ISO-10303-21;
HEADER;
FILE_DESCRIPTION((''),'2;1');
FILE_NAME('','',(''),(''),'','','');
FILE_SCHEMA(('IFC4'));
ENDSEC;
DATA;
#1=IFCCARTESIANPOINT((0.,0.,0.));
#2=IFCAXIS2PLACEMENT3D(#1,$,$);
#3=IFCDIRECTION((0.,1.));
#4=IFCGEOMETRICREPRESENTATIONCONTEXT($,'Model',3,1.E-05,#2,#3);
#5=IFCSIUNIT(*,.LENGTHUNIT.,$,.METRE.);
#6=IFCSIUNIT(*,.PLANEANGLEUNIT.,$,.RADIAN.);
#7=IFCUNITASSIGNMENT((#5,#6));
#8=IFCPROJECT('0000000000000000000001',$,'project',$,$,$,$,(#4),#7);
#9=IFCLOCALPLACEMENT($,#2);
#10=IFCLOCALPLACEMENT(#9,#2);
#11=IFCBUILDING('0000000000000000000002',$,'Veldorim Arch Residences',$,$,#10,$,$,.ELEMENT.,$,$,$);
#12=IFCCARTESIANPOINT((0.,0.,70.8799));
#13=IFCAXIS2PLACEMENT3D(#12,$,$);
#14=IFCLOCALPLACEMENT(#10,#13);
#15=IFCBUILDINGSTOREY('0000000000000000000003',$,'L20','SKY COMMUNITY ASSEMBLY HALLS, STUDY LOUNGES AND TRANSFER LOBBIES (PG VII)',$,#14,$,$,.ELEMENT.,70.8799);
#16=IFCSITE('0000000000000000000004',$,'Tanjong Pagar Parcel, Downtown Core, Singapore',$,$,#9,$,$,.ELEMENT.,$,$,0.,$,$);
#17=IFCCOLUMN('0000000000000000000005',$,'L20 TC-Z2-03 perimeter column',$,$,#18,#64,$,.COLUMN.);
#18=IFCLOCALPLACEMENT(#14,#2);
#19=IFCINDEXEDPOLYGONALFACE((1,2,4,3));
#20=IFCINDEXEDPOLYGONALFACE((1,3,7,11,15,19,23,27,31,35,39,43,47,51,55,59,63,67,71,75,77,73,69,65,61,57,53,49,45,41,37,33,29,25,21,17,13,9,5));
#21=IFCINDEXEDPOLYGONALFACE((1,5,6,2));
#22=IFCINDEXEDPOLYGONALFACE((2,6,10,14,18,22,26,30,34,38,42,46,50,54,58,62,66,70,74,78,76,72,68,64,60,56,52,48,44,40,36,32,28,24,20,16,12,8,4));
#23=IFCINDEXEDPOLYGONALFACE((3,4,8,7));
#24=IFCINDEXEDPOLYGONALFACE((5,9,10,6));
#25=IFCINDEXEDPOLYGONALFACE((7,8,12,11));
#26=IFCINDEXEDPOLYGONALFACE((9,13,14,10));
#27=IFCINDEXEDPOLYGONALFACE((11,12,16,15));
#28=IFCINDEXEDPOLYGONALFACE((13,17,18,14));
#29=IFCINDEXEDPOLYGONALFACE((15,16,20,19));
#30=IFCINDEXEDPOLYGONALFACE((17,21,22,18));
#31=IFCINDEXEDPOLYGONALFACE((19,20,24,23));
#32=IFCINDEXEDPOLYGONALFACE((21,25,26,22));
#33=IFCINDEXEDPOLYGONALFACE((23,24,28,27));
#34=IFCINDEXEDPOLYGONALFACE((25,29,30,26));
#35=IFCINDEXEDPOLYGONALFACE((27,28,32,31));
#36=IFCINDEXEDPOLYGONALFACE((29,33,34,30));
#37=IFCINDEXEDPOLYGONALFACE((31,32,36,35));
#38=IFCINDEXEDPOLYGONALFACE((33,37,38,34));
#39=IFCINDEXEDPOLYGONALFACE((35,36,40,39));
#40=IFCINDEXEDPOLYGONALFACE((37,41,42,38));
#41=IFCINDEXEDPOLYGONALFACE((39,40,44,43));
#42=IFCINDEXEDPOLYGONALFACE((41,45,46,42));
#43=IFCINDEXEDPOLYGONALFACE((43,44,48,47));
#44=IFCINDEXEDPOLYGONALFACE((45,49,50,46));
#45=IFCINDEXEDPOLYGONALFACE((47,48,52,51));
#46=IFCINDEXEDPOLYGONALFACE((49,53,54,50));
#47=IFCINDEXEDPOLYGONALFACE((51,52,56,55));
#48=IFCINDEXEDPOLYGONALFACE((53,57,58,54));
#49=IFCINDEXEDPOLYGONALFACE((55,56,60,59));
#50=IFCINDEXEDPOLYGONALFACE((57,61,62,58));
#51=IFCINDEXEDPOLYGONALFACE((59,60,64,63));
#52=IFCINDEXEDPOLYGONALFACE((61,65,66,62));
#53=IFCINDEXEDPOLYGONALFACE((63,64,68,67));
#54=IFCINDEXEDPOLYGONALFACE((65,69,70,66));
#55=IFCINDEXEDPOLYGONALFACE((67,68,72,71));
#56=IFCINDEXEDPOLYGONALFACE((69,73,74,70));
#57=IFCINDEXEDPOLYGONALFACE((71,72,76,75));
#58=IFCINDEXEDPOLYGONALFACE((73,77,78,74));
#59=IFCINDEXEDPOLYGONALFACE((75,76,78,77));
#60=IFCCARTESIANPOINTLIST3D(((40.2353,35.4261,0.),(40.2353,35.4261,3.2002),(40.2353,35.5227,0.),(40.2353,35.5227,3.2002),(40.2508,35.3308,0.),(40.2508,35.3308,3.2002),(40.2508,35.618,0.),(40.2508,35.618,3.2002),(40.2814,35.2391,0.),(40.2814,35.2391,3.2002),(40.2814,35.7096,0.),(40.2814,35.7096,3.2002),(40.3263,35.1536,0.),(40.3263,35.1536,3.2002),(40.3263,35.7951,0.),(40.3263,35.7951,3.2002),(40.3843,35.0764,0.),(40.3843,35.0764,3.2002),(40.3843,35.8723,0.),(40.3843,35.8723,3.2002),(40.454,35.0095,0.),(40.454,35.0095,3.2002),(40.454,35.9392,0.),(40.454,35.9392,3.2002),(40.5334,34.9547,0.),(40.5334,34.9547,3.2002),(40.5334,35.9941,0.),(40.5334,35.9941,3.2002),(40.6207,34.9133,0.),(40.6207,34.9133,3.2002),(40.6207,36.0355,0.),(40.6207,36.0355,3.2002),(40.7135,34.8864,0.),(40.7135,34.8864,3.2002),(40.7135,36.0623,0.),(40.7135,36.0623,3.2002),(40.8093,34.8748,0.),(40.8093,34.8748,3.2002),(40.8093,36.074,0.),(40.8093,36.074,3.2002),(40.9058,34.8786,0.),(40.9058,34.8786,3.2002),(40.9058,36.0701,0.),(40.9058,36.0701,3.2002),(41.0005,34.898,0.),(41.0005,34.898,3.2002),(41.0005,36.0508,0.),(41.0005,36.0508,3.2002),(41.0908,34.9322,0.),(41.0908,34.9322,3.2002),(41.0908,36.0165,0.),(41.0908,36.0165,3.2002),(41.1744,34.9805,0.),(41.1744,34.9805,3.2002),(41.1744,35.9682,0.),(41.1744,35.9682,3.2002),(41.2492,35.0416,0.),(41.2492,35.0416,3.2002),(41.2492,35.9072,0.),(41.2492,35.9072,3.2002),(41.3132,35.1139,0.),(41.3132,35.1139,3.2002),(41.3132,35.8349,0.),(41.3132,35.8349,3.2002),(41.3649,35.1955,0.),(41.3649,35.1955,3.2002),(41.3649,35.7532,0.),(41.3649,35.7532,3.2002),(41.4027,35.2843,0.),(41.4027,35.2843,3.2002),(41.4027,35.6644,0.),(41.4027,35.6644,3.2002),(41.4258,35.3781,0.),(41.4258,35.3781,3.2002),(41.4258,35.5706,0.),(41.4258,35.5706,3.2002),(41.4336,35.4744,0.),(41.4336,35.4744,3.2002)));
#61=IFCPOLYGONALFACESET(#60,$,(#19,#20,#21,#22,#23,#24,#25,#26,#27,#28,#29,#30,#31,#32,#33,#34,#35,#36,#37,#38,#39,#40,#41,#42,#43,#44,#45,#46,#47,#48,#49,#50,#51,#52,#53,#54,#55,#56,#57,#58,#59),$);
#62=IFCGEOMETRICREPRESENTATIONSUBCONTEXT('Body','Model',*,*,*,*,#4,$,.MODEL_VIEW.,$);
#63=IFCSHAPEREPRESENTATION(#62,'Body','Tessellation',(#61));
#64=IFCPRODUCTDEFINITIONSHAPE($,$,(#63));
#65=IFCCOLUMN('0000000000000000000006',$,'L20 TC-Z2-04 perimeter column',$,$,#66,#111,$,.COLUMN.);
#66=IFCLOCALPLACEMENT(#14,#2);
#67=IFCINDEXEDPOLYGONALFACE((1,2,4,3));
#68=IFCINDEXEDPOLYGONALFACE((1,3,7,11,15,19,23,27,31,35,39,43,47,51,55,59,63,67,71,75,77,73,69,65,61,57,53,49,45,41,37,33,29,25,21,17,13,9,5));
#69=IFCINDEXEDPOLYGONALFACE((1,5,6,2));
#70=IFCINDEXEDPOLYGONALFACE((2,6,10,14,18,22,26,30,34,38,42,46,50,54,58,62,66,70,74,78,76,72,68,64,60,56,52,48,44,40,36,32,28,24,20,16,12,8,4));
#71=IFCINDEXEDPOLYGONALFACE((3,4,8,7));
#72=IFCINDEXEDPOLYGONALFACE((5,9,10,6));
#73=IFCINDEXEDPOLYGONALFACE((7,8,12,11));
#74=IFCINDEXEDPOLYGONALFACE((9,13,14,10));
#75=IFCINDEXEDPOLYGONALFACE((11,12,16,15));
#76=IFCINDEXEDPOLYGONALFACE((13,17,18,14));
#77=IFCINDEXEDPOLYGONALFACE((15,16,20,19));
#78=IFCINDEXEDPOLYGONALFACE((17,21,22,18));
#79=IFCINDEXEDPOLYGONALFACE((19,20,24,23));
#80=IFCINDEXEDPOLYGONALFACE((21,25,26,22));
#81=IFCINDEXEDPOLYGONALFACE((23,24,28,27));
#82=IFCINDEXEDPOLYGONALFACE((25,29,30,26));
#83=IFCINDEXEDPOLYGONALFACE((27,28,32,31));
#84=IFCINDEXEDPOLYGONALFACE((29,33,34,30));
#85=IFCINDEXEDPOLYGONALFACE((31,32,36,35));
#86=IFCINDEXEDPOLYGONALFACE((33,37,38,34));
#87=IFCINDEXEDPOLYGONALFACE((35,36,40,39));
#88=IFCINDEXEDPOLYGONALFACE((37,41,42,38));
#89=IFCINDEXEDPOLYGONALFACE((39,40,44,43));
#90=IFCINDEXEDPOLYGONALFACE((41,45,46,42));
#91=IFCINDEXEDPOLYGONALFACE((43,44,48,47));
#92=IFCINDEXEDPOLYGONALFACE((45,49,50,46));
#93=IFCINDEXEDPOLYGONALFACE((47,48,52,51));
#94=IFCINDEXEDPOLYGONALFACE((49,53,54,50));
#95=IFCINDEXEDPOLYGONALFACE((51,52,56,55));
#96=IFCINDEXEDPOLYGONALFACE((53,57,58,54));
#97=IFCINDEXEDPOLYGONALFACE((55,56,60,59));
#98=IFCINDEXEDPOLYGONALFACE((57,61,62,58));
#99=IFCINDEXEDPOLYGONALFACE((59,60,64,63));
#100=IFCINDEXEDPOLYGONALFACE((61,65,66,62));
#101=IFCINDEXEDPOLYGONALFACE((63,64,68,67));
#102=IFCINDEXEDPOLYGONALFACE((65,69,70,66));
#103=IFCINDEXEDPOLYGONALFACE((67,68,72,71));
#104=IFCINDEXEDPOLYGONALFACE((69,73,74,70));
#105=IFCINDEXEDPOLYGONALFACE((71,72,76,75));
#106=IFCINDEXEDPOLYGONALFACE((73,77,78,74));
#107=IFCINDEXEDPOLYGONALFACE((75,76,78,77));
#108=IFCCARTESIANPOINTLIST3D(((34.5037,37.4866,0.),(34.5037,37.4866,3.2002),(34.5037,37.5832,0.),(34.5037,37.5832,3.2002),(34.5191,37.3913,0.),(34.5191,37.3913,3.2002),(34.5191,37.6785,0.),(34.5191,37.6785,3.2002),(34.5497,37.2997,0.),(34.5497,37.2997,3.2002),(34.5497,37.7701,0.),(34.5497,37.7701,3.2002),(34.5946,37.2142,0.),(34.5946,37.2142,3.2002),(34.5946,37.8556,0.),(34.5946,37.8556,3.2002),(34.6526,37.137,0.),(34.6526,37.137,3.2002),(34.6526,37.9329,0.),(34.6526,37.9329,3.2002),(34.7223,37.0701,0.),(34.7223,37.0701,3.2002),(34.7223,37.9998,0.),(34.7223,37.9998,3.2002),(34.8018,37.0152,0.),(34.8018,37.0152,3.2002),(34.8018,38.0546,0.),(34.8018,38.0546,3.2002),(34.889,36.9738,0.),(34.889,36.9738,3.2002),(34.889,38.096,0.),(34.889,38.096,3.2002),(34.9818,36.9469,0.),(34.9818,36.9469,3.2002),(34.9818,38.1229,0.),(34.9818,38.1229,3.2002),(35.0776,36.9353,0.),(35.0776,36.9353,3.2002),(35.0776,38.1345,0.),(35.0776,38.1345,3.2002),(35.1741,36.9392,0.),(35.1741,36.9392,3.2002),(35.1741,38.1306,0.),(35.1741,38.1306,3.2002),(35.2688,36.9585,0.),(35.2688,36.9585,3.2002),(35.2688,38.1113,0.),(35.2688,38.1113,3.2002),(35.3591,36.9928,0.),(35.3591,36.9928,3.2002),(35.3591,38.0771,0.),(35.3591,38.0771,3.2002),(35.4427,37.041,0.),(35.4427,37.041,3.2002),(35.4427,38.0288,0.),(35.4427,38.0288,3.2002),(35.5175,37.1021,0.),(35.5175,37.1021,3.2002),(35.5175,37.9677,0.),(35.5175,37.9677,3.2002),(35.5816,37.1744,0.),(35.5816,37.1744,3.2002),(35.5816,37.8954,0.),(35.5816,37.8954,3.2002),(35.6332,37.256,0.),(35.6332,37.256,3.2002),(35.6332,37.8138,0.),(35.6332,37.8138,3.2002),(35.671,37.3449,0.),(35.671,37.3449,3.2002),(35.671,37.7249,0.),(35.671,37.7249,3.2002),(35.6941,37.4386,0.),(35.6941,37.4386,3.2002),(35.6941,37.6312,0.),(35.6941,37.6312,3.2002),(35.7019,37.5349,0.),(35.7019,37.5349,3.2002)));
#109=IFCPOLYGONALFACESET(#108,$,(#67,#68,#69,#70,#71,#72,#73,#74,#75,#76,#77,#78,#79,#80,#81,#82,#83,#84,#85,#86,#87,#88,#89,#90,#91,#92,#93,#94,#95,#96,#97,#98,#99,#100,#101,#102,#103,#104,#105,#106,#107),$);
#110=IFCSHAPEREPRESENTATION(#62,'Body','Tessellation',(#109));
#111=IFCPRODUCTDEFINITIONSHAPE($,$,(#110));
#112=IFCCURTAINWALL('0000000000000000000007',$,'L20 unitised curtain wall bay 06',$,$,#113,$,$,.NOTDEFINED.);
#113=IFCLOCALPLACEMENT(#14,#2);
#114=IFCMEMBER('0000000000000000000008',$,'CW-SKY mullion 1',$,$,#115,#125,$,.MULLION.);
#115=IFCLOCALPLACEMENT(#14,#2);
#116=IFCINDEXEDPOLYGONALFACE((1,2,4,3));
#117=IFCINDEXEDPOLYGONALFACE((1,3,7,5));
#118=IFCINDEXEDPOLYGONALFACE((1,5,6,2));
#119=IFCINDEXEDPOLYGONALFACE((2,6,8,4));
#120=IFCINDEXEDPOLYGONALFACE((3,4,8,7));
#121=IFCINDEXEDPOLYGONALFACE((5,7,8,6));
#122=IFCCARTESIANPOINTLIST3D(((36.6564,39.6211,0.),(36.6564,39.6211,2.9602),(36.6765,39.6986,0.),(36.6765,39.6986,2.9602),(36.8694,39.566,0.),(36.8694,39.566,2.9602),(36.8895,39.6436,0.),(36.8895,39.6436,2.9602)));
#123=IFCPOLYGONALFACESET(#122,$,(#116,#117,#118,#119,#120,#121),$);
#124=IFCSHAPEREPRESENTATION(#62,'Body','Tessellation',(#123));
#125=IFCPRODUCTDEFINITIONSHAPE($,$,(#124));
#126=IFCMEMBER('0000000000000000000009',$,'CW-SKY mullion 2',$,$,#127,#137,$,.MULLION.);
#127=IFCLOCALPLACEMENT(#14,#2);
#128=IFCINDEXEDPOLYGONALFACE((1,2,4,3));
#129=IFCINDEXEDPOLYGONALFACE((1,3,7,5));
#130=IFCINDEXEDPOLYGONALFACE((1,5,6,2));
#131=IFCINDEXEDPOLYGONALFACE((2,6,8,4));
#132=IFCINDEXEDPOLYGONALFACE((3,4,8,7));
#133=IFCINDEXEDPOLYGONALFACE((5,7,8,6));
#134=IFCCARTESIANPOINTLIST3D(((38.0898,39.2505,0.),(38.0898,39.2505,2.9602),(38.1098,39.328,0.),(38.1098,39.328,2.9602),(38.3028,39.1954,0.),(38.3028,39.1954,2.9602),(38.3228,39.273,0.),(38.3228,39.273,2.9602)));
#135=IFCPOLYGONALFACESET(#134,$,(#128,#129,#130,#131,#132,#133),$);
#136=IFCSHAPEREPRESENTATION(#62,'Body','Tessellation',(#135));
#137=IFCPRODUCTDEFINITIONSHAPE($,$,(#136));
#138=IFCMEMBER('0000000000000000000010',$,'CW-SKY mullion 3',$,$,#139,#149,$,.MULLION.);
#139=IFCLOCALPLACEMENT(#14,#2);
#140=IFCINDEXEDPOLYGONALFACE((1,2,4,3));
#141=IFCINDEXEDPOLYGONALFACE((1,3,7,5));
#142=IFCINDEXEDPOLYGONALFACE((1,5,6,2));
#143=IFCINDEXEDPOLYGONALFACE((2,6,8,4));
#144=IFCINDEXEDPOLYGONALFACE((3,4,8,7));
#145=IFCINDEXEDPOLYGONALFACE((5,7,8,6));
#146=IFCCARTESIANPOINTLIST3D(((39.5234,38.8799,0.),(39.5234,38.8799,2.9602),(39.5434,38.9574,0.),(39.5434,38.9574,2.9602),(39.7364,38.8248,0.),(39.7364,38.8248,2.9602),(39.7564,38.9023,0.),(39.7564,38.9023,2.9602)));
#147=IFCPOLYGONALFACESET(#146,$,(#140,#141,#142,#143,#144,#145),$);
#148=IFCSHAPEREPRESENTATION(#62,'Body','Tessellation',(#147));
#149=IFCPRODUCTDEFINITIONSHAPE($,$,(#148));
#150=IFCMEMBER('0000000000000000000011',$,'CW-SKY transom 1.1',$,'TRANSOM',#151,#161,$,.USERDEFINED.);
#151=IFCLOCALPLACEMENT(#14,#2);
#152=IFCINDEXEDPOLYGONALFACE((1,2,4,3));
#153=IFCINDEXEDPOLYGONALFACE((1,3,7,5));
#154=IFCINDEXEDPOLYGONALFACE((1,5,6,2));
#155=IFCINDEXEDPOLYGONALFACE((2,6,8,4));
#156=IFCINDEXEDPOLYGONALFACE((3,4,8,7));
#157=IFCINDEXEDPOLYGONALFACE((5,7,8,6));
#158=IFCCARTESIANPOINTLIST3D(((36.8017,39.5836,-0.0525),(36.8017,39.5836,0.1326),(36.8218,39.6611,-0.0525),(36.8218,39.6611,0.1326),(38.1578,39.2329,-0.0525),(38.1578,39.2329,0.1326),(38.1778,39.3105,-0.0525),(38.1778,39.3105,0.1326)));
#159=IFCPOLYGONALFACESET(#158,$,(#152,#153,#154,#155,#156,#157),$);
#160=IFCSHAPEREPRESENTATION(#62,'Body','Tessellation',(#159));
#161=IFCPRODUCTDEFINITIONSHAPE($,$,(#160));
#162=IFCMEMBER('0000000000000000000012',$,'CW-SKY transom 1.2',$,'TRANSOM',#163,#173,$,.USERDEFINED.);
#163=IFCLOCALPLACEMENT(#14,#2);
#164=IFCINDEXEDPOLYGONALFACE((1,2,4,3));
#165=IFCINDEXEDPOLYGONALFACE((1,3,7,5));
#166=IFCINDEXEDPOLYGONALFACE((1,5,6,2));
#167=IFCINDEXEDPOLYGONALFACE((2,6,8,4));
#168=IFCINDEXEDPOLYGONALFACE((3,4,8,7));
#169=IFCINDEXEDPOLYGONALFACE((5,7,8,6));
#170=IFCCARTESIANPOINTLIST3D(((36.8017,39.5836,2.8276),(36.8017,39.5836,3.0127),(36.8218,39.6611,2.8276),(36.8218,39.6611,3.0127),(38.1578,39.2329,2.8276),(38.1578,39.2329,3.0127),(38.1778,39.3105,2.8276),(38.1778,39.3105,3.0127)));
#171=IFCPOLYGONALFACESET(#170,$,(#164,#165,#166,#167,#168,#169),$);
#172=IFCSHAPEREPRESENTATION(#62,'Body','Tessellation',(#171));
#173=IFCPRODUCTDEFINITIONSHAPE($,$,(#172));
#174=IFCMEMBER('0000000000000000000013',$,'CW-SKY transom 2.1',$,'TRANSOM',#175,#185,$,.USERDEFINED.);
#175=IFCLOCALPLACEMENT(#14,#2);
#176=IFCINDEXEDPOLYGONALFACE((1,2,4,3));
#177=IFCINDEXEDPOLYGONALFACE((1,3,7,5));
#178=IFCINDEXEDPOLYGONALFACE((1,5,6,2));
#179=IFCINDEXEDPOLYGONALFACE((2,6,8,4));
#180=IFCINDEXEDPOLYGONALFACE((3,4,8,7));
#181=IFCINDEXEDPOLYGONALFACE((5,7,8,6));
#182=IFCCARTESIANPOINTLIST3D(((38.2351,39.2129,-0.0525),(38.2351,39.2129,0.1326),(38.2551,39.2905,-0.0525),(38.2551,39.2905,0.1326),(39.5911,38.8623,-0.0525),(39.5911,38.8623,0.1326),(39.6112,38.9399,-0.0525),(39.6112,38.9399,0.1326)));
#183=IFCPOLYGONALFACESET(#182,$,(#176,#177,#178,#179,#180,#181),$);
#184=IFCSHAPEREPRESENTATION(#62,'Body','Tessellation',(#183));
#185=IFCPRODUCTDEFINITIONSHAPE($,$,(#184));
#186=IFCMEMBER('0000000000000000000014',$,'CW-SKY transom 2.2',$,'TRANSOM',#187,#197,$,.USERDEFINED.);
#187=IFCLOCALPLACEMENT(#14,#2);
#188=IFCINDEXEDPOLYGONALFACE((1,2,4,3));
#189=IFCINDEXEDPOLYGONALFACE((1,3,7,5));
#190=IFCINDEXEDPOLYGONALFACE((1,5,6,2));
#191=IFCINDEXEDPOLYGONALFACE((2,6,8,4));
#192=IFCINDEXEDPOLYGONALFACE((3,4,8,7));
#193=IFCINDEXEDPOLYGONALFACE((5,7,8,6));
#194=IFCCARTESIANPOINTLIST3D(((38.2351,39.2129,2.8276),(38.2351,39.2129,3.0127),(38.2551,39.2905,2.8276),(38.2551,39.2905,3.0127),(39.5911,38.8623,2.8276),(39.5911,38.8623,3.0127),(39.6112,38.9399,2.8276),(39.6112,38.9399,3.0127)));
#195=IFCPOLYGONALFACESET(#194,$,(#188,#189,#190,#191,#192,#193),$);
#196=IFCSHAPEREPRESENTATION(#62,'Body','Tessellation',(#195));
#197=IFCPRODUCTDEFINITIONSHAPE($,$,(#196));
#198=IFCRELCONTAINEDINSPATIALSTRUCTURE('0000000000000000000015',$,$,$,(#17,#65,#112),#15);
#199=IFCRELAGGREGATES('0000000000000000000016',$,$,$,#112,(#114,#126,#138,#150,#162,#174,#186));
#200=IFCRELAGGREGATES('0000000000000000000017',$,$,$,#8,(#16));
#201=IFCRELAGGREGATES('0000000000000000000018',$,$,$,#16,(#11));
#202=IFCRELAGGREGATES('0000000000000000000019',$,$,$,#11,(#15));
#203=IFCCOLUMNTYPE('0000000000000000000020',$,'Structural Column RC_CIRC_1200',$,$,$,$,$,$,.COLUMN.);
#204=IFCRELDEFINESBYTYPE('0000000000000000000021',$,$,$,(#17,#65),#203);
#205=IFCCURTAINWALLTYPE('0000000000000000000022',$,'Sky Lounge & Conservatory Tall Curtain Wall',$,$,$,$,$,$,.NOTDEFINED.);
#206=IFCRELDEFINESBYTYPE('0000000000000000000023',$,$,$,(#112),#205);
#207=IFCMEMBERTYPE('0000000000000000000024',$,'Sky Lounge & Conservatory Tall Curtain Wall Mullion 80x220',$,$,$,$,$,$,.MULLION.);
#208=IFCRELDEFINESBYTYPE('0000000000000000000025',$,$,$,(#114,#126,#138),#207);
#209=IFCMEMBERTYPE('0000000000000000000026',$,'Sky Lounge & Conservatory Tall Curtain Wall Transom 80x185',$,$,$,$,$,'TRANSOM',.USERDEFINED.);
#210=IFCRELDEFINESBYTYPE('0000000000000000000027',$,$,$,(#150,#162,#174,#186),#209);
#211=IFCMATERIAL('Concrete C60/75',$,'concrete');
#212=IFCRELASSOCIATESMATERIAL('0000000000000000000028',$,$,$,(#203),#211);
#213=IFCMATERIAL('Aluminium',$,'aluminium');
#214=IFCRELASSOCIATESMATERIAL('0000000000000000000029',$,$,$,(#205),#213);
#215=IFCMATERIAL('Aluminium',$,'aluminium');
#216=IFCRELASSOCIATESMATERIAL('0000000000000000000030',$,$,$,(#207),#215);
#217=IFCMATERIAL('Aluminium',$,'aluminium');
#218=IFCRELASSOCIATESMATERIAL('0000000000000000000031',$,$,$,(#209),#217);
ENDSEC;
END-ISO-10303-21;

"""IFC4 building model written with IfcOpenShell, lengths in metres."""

from ifc_helpers import new_model, si_unit, direction, frame, origin, origin_2d, place, context, subcontext, project, spatial, rectangle, circle, extrude, material, material_profile, profile_set, type_object, element, aggregate, save


model = new_model("IFC4")

# Units and contexts
model_context = context("Model", 3, precision=1e-05, world=origin(), true_north=direction((0.0, 1.0)))
body_context = subcontext(model_context, "Body", "Model", "MODEL_VIEW")
ifc_project = project(units=[si_unit("LENGTHUNIT", "METRE"), si_unit("PLANEANGLEUNIT", "RADIAN")], contexts=[model_context])

# Site, building, storey
site_placement = place(None, origin())
site = spatial("IfcSite", under=ifc_project, at=site_placement, Name="Tanjong Pagar Parcel, Downtown Core, Singapore", CompositionType="ELEMENT", RefElevation=0.0)
building_placement = place(site_placement, origin())
building = spatial("IfcBuilding", under=site, at=building_placement, Name="Veldorim Arch Residences", CompositionType="ELEMENT")
storey_placement = place(building_placement, frame((0.0, 0.0, 70.8799)))
storey = spatial("IfcBuildingStorey", under=building, at=storey_placement, Name="L20", Description="SKY COMMUNITY ASSEMBLY HALLS, STUDY LOUNGES AND TRANSFER LOBBIES (PG VII)", CompositionType="ELEMENT", Elevation=70.8799)

# Columns
ifc_material_1 = material(Name="Concrete C60/75", Category="concrete")
ifc_material_profile_1 = material_profile(ifc_material_1, circle(Radius=0.6001, at=origin_2d()), Name="RC_CIRC_1200")
ifc_profile_set_1 = profile_set([ifc_material_profile_1], Name="Concrete C60/75")
column_type = type_object("IfcColumnType", Name="Structural Column RC_CIRC_1200", PredefinedType="COLUMN", material=ifc_profile_set_1)
for number, where, z_axis, x_axis, name in (
    (1, (40.8335, 35.4744, 0.0), (0.0, 0.0, 1.0), (1.0, 0.0, 0.0), "L20 TC-Z2-03 perimeter column"),
    (2, (35.1018, 37.5349, 0.0), (0.0, 0.0, 1.0), (1.0, 0.0, 0.0), "L20 TC-Z2-04 perimeter column"),
):
    element("IfcColumn", number, at=place(storey_placement, frame(where, z_axis=z_axis, x_axis=x_axis)), inside=storey, type_object=column_type, Name=name, PredefinedType="COLUMN", context=body_context, shape_type="SweptSolid", body=[
        extrude(circle(Radius=0.6001, at=origin_2d()), origin(), (0.0, 0.0, 1.0), 3.2002),
    ])

# Curtain wall, members
ifc_material_2 = material(Name="Aluminium", Category="aluminium")
curtain_wall_type = type_object("IfcCurtainWallType", Name="Sky Lounge & Conservatory Tall Curtain Wall", PredefinedType="NOTDEFINED", material=ifc_material_2)
curtain_wall_placement = place(storey_placement, origin())
curtain_wall = element("IfcCurtainWall", 3, at=curtain_wall_placement, inside=storey, type_object=curtain_wall_type, Name="L20 unitised curtain wall bay 06", PredefinedType="NOTDEFINED")
ifc_material_3 = material(Name="Aluminium", Category="aluminium")
ifc_material_profile_2 = material_profile(ifc_material_3, rectangle(XDim=0.0801, YDim=0.22, at=origin_2d()), Name="ALU_MUL_80x220")
ifc_profile_set_2 = profile_set([ifc_material_profile_2], Name="Aluminium")
member_type_1 = type_object("IfcMemberType", Name="Sky Lounge & Conservatory Tall Curtain Wall Mullion 80x220", PredefinedType="MULLION", material=ifc_profile_set_2)
member_1_placement = place(storey_placement, frame((36.7729, 39.6323, 0.0), z_axis=(0.0, 0.0, 1.0), x_axis=(0.250296, 0.968169, 0.0)))
member_1 = element("IfcMember", 4, at=member_1_placement, type_object=member_type_1, Name="CW-SKY mullion 1", PredefinedType="MULLION", context=body_context, shape_type="SweptSolid", body=[
    extrude(rectangle(XDim=0.0801, YDim=0.22, at=origin_2d()), origin(), (0.0, 0.0, 1.0), 2.9602),
])
member_2_placement = place(storey_placement, frame((38.2063, 39.2617, 0.0), z_axis=(0.0, 0.0, 1.0), x_axis=(0.250296, 0.968169, 0.0)))
member_2 = element("IfcMember", 5, at=member_2_placement, type_object=member_type_1, Name="CW-SKY mullion 2", PredefinedType="MULLION", context=body_context, shape_type="SweptSolid", body=[
    extrude(rectangle(XDim=0.0801, YDim=0.22, at=origin_2d()), origin(), (0.0, 0.0, 1.0), 2.9602),
])
member_3_placement = place(storey_placement, frame((39.6399, 38.8911, 0.0), z_axis=(0.0, 0.0, 1.0), x_axis=(0.250296, 0.968169, 0.0)))
member_3 = element("IfcMember", 6, at=member_3_placement, type_object=member_type_1, Name="CW-SKY mullion 3", PredefinedType="MULLION", context=body_context, shape_type="SweptSolid", body=[
    extrude(rectangle(XDim=0.0801, YDim=0.22, at=origin_2d()), origin(), (0.0, 0.0, 1.0), 2.9602),
])
ifc_material_4 = material(Name="Aluminium", Category="aluminium")
ifc_material_profile_3 = material_profile(ifc_material_4, rectangle(XDim=0.0801, YDim=0.1851, at=origin_2d()), Name="ALU_TRN_80x185")
ifc_profile_set_3 = profile_set([ifc_material_profile_3], Name="Aluminium")
member_type_2 = type_object("IfcMemberType", Name="Sky Lounge & Conservatory Tall Curtain Wall Transom 80x185", ElementType="TRANSOM", PredefinedType="USERDEFINED", material=ifc_profile_set_3)
member_4_placement = place(storey_placement, frame((36.8118, 39.6223, 0.04), z_axis=(0.968163, -0.250321, 0.0), x_axis=(0.250321, 0.968163, 0.0)))
member_4 = element("IfcMember", 7, at=member_4_placement, type_object=member_type_2, Name="CW-SKY transom 1.1", ObjectType="TRANSOM", PredefinedType="USERDEFINED", context=body_context, shape_type="SweptSolid", body=[
    extrude(rectangle(XDim=0.0801, YDim=0.1851, at=origin_2d()), origin(), (0.0, 0.0, 1.0), 1.4006),
])
member_5_placement = place(storey_placement, frame((36.8118, 39.6223, 2.9202), z_axis=(0.968163, -0.250321, 0.0), x_axis=(0.250321, 0.968163, 0.0)))
member_5 = element("IfcMember", 8, at=member_5_placement, type_object=member_type_2, Name="CW-SKY transom 1.2", ObjectType="TRANSOM", PredefinedType="USERDEFINED", context=body_context, shape_type="SweptSolid", body=[
    extrude(rectangle(XDim=0.0801, YDim=0.1851, at=origin_2d()), origin(), (0.0, 0.0, 1.0), 1.4006),
])
member_6_placement = place(storey_placement, frame((38.2451, 39.2517, 0.04), z_axis=(0.968163, -0.250321, 0.0), x_axis=(0.250321, 0.968163, 0.0)))
member_6 = element("IfcMember", 9, at=member_6_placement, type_object=member_type_2, Name="CW-SKY transom 2.1", ObjectType="TRANSOM", PredefinedType="USERDEFINED", context=body_context, shape_type="SweptSolid", body=[
    extrude(rectangle(XDim=0.0801, YDim=0.1851, at=origin_2d()), origin(), (0.0, 0.0, 1.0), 1.4006),
])
member_7_placement = place(storey_placement, frame((38.2451, 39.2517, 2.9202), z_axis=(0.968163, -0.250321, 0.0), x_axis=(0.250321, 0.968163, 0.0)))
member_7 = element("IfcMember", 10, at=member_7_placement, type_object=member_type_2, Name="CW-SKY transom 2.2", ObjectType="TRANSOM", PredefinedType="USERDEFINED", context=body_context, shape_type="SweptSolid", body=[
    extrude(rectangle(XDim=0.0801, YDim=0.1851, at=origin_2d()), origin(), (0.0, 0.0, 1.0), 1.4006),
])

aggregate(curtain_wall, [member_1, member_2, member_3, member_4, member_5, member_6, member_7])

save(model, "model.ifc")
